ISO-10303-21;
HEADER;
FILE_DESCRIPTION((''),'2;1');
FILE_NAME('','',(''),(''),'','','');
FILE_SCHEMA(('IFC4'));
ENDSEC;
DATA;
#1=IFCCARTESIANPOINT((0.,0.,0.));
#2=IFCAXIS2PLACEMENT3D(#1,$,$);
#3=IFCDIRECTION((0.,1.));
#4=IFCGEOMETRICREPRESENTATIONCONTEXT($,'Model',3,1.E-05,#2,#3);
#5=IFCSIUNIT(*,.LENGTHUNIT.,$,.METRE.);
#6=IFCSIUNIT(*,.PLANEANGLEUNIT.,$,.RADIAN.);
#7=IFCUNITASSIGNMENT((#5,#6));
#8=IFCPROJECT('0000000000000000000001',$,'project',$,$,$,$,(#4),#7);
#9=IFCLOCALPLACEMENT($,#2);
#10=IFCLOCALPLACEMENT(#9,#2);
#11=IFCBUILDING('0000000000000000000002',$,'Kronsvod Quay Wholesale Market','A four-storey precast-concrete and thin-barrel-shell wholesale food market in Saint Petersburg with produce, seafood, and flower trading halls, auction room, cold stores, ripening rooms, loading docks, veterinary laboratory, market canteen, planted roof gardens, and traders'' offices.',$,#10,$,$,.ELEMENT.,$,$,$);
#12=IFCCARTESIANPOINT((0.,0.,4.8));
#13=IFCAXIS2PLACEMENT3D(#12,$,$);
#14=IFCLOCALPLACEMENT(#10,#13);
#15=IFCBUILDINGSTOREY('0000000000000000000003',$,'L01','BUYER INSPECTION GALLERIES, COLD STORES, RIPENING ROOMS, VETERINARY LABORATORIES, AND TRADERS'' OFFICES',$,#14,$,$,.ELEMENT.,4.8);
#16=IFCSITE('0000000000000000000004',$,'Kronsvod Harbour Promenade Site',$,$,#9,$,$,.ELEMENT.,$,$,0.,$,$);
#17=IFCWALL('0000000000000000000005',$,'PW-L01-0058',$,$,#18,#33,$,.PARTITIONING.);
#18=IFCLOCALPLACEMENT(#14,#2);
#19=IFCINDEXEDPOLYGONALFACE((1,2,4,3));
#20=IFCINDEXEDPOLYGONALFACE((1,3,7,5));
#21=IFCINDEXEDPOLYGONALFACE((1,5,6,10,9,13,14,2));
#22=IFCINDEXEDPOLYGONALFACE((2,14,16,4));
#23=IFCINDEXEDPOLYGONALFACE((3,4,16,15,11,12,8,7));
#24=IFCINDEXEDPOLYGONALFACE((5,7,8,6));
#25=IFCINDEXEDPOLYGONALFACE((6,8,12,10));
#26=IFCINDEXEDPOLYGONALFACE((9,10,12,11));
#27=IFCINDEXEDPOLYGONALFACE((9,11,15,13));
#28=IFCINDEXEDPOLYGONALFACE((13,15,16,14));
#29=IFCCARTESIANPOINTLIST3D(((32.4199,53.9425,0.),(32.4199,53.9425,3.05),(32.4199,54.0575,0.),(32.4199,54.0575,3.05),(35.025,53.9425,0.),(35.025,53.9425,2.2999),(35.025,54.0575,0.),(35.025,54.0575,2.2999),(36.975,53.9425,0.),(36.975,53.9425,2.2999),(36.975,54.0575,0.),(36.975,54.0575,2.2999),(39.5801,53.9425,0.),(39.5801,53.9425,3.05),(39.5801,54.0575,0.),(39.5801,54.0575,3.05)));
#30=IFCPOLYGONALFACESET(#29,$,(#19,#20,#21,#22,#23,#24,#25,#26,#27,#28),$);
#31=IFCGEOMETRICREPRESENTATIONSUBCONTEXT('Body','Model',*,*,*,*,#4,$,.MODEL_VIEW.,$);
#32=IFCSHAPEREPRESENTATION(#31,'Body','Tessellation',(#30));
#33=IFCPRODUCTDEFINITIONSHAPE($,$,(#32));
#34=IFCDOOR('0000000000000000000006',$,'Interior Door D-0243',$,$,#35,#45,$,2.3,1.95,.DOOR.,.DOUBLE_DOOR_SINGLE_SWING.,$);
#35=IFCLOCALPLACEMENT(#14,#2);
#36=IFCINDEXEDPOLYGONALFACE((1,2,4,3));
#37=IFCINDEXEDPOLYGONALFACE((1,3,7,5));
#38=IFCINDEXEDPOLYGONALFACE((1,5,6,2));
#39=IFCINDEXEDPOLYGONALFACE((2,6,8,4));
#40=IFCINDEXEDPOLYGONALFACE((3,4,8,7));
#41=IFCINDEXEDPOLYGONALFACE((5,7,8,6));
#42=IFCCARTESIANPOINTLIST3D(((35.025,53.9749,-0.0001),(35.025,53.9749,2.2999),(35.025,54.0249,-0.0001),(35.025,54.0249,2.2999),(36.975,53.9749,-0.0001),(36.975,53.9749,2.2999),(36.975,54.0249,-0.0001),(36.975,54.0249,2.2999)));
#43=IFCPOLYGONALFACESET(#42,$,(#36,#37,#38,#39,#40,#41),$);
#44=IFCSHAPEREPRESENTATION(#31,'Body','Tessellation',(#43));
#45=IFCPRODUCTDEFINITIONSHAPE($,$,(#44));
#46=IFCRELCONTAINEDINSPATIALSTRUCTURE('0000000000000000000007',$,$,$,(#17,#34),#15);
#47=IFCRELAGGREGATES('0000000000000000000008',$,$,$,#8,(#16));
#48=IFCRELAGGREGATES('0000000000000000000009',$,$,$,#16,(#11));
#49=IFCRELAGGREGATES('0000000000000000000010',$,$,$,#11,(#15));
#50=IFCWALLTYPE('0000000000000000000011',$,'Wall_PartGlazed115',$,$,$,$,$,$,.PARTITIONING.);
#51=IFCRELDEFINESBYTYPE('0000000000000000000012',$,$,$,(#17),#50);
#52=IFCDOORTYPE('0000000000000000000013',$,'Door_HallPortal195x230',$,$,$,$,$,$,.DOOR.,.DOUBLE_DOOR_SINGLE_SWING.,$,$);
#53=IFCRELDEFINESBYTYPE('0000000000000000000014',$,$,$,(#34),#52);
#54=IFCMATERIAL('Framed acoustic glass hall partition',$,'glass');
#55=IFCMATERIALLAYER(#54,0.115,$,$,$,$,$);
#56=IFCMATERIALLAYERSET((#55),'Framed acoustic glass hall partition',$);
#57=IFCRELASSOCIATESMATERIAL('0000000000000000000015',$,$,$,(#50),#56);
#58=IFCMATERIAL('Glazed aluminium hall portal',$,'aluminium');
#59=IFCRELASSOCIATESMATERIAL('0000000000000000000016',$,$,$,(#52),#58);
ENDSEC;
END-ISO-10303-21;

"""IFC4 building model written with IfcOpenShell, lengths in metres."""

from ifc_helpers import new_model, si_unit, direction, frame, frame_2d, origin, place, context, subcontext, project, spatial, rectangle, extrude, material, layer, layer_set, type_object, element, fill, save


model = new_model("IFC4")

# Units and contexts
model_context = context("Model", 3, precision=1e-05, world=origin(), true_north=direction((0.0, 1.0)))
body_context = subcontext(model_context, "Body", "Model", "MODEL_VIEW")
ifc_project = project(units=[si_unit("LENGTHUNIT", "METRE"), si_unit("PLANEANGLEUNIT", "RADIAN")], contexts=[model_context])

# Site, building, storey
site_placement = place(None, origin())
site = spatial("IfcSite", under=ifc_project, at=site_placement, Name="Kronsvod Harbour Promenade Site", CompositionType="ELEMENT", RefElevation=0.0)
building_placement = place(site_placement, origin())
building = spatial("IfcBuilding", under=site, at=building_placement, Name="Kronsvod Quay Wholesale Market", Description="A four-storey precast-concrete and thin-barrel-shell wholesale food market in Saint Petersburg with produce, seafood, and flower trading halls, auction room, cold stores, ripening rooms, loading docks, veterinary laboratory, market canteen, planted roof gardens, and traders' offices.", CompositionType="ELEMENT")
storey_placement = place(building_placement, frame((0.0, 0.0, 4.8)))
storey = spatial("IfcBuildingStorey", under=building, at=storey_placement, Name="L01", Description="BUYER INSPECTION GALLERIES, COLD STORES, RIPENING ROOMS, VETERINARY LABORATORIES, AND TRADERS' OFFICES", CompositionType="ELEMENT", Elevation=4.8)

# Wall, opening, door
ifc_material_1 = material(Name="Framed acoustic glass hall partition", Category="glass")
ifc_layer_1 = layer(ifc_material_1, 0.115)
ifc_layer_set_1 = layer_set([ifc_layer_1], Name="Framed acoustic glass hall partition")
wall_type_1 = type_object("IfcWallType", Name="Wall_PartGlazed115", PredefinedType="PARTITIONING", material=ifc_layer_set_1)
wall_1_placement = place(storey_placement, frame((32.4199, 54.0, 0.0), z_axis=(0.0, 0.0, 1.0), x_axis=(1.0, 0.0, 0.0)))
wall_1 = element("IfcWall", 1, at=wall_1_placement, inside=storey, type_object=wall_type_1, Name="PW-L01-0058", PredefinedType="PARTITIONING", context=body_context, shape_type="SweptSolid", body=[
    extrude(rectangle(XDim=7.1602, YDim=0.115, at=frame_2d((3.5801, 0.0))), origin(), (0.0, 0.0, 1.0), 3.05),
])
opening_1_placement = place(wall_1_placement, frame((2.605, 0.0, 0.0)))
opening_1 = element("IfcOpeningElement", 2, at=opening_1_placement, cuts=wall_1, PredefinedType="OPENING", context=body_context, shape_type="SweptSolid", body=[
    extrude(rectangle(XDim=1.95, YDim=2.3, at=frame_2d((0.9751, 1.1499))), frame((0.0, 0.0674, 0.0), z_axis=(0.0, -1.0, 0.0), x_axis=(1.0, 0.0, 0.0)), (0.0, 0.0, 1.0), 0.135),
])
ifc_material_2 = material(Name="Glazed aluminium hall portal", Category="aluminium")
door_type_1 = type_object("IfcDoorType", Name="Door_HallPortal195x230", OperationType="DOUBLE_DOOR_SINGLE_SWING", PredefinedType="DOOR", material=ifc_material_2)
door_1_placement = place(opening_1_placement, origin())
door_1 = element("IfcDoor", 3, at=door_1_placement, inside=storey, type_object=door_type_1, Name="Interior Door D-0243", OperationType="DOUBLE_DOOR_SINGLE_SWING", OverallHeight=2.3, OverallWidth=1.95, PredefinedType="DOOR", context=body_context, shape_type="SweptSolid", body=[
    extrude(rectangle(XDim=1.95, YDim=2.3, at=frame_2d((0.9751, 1.1499))), frame((0.0, 0.0249, 0.0), z_axis=(0.0, -1.0, 0.0), x_axis=(1.0, 0.0, 0.0)), (0.0, 0.0, 1.0), 0.05),
])
fill(opening_1, door_1)

save(model, "model.ifc")
